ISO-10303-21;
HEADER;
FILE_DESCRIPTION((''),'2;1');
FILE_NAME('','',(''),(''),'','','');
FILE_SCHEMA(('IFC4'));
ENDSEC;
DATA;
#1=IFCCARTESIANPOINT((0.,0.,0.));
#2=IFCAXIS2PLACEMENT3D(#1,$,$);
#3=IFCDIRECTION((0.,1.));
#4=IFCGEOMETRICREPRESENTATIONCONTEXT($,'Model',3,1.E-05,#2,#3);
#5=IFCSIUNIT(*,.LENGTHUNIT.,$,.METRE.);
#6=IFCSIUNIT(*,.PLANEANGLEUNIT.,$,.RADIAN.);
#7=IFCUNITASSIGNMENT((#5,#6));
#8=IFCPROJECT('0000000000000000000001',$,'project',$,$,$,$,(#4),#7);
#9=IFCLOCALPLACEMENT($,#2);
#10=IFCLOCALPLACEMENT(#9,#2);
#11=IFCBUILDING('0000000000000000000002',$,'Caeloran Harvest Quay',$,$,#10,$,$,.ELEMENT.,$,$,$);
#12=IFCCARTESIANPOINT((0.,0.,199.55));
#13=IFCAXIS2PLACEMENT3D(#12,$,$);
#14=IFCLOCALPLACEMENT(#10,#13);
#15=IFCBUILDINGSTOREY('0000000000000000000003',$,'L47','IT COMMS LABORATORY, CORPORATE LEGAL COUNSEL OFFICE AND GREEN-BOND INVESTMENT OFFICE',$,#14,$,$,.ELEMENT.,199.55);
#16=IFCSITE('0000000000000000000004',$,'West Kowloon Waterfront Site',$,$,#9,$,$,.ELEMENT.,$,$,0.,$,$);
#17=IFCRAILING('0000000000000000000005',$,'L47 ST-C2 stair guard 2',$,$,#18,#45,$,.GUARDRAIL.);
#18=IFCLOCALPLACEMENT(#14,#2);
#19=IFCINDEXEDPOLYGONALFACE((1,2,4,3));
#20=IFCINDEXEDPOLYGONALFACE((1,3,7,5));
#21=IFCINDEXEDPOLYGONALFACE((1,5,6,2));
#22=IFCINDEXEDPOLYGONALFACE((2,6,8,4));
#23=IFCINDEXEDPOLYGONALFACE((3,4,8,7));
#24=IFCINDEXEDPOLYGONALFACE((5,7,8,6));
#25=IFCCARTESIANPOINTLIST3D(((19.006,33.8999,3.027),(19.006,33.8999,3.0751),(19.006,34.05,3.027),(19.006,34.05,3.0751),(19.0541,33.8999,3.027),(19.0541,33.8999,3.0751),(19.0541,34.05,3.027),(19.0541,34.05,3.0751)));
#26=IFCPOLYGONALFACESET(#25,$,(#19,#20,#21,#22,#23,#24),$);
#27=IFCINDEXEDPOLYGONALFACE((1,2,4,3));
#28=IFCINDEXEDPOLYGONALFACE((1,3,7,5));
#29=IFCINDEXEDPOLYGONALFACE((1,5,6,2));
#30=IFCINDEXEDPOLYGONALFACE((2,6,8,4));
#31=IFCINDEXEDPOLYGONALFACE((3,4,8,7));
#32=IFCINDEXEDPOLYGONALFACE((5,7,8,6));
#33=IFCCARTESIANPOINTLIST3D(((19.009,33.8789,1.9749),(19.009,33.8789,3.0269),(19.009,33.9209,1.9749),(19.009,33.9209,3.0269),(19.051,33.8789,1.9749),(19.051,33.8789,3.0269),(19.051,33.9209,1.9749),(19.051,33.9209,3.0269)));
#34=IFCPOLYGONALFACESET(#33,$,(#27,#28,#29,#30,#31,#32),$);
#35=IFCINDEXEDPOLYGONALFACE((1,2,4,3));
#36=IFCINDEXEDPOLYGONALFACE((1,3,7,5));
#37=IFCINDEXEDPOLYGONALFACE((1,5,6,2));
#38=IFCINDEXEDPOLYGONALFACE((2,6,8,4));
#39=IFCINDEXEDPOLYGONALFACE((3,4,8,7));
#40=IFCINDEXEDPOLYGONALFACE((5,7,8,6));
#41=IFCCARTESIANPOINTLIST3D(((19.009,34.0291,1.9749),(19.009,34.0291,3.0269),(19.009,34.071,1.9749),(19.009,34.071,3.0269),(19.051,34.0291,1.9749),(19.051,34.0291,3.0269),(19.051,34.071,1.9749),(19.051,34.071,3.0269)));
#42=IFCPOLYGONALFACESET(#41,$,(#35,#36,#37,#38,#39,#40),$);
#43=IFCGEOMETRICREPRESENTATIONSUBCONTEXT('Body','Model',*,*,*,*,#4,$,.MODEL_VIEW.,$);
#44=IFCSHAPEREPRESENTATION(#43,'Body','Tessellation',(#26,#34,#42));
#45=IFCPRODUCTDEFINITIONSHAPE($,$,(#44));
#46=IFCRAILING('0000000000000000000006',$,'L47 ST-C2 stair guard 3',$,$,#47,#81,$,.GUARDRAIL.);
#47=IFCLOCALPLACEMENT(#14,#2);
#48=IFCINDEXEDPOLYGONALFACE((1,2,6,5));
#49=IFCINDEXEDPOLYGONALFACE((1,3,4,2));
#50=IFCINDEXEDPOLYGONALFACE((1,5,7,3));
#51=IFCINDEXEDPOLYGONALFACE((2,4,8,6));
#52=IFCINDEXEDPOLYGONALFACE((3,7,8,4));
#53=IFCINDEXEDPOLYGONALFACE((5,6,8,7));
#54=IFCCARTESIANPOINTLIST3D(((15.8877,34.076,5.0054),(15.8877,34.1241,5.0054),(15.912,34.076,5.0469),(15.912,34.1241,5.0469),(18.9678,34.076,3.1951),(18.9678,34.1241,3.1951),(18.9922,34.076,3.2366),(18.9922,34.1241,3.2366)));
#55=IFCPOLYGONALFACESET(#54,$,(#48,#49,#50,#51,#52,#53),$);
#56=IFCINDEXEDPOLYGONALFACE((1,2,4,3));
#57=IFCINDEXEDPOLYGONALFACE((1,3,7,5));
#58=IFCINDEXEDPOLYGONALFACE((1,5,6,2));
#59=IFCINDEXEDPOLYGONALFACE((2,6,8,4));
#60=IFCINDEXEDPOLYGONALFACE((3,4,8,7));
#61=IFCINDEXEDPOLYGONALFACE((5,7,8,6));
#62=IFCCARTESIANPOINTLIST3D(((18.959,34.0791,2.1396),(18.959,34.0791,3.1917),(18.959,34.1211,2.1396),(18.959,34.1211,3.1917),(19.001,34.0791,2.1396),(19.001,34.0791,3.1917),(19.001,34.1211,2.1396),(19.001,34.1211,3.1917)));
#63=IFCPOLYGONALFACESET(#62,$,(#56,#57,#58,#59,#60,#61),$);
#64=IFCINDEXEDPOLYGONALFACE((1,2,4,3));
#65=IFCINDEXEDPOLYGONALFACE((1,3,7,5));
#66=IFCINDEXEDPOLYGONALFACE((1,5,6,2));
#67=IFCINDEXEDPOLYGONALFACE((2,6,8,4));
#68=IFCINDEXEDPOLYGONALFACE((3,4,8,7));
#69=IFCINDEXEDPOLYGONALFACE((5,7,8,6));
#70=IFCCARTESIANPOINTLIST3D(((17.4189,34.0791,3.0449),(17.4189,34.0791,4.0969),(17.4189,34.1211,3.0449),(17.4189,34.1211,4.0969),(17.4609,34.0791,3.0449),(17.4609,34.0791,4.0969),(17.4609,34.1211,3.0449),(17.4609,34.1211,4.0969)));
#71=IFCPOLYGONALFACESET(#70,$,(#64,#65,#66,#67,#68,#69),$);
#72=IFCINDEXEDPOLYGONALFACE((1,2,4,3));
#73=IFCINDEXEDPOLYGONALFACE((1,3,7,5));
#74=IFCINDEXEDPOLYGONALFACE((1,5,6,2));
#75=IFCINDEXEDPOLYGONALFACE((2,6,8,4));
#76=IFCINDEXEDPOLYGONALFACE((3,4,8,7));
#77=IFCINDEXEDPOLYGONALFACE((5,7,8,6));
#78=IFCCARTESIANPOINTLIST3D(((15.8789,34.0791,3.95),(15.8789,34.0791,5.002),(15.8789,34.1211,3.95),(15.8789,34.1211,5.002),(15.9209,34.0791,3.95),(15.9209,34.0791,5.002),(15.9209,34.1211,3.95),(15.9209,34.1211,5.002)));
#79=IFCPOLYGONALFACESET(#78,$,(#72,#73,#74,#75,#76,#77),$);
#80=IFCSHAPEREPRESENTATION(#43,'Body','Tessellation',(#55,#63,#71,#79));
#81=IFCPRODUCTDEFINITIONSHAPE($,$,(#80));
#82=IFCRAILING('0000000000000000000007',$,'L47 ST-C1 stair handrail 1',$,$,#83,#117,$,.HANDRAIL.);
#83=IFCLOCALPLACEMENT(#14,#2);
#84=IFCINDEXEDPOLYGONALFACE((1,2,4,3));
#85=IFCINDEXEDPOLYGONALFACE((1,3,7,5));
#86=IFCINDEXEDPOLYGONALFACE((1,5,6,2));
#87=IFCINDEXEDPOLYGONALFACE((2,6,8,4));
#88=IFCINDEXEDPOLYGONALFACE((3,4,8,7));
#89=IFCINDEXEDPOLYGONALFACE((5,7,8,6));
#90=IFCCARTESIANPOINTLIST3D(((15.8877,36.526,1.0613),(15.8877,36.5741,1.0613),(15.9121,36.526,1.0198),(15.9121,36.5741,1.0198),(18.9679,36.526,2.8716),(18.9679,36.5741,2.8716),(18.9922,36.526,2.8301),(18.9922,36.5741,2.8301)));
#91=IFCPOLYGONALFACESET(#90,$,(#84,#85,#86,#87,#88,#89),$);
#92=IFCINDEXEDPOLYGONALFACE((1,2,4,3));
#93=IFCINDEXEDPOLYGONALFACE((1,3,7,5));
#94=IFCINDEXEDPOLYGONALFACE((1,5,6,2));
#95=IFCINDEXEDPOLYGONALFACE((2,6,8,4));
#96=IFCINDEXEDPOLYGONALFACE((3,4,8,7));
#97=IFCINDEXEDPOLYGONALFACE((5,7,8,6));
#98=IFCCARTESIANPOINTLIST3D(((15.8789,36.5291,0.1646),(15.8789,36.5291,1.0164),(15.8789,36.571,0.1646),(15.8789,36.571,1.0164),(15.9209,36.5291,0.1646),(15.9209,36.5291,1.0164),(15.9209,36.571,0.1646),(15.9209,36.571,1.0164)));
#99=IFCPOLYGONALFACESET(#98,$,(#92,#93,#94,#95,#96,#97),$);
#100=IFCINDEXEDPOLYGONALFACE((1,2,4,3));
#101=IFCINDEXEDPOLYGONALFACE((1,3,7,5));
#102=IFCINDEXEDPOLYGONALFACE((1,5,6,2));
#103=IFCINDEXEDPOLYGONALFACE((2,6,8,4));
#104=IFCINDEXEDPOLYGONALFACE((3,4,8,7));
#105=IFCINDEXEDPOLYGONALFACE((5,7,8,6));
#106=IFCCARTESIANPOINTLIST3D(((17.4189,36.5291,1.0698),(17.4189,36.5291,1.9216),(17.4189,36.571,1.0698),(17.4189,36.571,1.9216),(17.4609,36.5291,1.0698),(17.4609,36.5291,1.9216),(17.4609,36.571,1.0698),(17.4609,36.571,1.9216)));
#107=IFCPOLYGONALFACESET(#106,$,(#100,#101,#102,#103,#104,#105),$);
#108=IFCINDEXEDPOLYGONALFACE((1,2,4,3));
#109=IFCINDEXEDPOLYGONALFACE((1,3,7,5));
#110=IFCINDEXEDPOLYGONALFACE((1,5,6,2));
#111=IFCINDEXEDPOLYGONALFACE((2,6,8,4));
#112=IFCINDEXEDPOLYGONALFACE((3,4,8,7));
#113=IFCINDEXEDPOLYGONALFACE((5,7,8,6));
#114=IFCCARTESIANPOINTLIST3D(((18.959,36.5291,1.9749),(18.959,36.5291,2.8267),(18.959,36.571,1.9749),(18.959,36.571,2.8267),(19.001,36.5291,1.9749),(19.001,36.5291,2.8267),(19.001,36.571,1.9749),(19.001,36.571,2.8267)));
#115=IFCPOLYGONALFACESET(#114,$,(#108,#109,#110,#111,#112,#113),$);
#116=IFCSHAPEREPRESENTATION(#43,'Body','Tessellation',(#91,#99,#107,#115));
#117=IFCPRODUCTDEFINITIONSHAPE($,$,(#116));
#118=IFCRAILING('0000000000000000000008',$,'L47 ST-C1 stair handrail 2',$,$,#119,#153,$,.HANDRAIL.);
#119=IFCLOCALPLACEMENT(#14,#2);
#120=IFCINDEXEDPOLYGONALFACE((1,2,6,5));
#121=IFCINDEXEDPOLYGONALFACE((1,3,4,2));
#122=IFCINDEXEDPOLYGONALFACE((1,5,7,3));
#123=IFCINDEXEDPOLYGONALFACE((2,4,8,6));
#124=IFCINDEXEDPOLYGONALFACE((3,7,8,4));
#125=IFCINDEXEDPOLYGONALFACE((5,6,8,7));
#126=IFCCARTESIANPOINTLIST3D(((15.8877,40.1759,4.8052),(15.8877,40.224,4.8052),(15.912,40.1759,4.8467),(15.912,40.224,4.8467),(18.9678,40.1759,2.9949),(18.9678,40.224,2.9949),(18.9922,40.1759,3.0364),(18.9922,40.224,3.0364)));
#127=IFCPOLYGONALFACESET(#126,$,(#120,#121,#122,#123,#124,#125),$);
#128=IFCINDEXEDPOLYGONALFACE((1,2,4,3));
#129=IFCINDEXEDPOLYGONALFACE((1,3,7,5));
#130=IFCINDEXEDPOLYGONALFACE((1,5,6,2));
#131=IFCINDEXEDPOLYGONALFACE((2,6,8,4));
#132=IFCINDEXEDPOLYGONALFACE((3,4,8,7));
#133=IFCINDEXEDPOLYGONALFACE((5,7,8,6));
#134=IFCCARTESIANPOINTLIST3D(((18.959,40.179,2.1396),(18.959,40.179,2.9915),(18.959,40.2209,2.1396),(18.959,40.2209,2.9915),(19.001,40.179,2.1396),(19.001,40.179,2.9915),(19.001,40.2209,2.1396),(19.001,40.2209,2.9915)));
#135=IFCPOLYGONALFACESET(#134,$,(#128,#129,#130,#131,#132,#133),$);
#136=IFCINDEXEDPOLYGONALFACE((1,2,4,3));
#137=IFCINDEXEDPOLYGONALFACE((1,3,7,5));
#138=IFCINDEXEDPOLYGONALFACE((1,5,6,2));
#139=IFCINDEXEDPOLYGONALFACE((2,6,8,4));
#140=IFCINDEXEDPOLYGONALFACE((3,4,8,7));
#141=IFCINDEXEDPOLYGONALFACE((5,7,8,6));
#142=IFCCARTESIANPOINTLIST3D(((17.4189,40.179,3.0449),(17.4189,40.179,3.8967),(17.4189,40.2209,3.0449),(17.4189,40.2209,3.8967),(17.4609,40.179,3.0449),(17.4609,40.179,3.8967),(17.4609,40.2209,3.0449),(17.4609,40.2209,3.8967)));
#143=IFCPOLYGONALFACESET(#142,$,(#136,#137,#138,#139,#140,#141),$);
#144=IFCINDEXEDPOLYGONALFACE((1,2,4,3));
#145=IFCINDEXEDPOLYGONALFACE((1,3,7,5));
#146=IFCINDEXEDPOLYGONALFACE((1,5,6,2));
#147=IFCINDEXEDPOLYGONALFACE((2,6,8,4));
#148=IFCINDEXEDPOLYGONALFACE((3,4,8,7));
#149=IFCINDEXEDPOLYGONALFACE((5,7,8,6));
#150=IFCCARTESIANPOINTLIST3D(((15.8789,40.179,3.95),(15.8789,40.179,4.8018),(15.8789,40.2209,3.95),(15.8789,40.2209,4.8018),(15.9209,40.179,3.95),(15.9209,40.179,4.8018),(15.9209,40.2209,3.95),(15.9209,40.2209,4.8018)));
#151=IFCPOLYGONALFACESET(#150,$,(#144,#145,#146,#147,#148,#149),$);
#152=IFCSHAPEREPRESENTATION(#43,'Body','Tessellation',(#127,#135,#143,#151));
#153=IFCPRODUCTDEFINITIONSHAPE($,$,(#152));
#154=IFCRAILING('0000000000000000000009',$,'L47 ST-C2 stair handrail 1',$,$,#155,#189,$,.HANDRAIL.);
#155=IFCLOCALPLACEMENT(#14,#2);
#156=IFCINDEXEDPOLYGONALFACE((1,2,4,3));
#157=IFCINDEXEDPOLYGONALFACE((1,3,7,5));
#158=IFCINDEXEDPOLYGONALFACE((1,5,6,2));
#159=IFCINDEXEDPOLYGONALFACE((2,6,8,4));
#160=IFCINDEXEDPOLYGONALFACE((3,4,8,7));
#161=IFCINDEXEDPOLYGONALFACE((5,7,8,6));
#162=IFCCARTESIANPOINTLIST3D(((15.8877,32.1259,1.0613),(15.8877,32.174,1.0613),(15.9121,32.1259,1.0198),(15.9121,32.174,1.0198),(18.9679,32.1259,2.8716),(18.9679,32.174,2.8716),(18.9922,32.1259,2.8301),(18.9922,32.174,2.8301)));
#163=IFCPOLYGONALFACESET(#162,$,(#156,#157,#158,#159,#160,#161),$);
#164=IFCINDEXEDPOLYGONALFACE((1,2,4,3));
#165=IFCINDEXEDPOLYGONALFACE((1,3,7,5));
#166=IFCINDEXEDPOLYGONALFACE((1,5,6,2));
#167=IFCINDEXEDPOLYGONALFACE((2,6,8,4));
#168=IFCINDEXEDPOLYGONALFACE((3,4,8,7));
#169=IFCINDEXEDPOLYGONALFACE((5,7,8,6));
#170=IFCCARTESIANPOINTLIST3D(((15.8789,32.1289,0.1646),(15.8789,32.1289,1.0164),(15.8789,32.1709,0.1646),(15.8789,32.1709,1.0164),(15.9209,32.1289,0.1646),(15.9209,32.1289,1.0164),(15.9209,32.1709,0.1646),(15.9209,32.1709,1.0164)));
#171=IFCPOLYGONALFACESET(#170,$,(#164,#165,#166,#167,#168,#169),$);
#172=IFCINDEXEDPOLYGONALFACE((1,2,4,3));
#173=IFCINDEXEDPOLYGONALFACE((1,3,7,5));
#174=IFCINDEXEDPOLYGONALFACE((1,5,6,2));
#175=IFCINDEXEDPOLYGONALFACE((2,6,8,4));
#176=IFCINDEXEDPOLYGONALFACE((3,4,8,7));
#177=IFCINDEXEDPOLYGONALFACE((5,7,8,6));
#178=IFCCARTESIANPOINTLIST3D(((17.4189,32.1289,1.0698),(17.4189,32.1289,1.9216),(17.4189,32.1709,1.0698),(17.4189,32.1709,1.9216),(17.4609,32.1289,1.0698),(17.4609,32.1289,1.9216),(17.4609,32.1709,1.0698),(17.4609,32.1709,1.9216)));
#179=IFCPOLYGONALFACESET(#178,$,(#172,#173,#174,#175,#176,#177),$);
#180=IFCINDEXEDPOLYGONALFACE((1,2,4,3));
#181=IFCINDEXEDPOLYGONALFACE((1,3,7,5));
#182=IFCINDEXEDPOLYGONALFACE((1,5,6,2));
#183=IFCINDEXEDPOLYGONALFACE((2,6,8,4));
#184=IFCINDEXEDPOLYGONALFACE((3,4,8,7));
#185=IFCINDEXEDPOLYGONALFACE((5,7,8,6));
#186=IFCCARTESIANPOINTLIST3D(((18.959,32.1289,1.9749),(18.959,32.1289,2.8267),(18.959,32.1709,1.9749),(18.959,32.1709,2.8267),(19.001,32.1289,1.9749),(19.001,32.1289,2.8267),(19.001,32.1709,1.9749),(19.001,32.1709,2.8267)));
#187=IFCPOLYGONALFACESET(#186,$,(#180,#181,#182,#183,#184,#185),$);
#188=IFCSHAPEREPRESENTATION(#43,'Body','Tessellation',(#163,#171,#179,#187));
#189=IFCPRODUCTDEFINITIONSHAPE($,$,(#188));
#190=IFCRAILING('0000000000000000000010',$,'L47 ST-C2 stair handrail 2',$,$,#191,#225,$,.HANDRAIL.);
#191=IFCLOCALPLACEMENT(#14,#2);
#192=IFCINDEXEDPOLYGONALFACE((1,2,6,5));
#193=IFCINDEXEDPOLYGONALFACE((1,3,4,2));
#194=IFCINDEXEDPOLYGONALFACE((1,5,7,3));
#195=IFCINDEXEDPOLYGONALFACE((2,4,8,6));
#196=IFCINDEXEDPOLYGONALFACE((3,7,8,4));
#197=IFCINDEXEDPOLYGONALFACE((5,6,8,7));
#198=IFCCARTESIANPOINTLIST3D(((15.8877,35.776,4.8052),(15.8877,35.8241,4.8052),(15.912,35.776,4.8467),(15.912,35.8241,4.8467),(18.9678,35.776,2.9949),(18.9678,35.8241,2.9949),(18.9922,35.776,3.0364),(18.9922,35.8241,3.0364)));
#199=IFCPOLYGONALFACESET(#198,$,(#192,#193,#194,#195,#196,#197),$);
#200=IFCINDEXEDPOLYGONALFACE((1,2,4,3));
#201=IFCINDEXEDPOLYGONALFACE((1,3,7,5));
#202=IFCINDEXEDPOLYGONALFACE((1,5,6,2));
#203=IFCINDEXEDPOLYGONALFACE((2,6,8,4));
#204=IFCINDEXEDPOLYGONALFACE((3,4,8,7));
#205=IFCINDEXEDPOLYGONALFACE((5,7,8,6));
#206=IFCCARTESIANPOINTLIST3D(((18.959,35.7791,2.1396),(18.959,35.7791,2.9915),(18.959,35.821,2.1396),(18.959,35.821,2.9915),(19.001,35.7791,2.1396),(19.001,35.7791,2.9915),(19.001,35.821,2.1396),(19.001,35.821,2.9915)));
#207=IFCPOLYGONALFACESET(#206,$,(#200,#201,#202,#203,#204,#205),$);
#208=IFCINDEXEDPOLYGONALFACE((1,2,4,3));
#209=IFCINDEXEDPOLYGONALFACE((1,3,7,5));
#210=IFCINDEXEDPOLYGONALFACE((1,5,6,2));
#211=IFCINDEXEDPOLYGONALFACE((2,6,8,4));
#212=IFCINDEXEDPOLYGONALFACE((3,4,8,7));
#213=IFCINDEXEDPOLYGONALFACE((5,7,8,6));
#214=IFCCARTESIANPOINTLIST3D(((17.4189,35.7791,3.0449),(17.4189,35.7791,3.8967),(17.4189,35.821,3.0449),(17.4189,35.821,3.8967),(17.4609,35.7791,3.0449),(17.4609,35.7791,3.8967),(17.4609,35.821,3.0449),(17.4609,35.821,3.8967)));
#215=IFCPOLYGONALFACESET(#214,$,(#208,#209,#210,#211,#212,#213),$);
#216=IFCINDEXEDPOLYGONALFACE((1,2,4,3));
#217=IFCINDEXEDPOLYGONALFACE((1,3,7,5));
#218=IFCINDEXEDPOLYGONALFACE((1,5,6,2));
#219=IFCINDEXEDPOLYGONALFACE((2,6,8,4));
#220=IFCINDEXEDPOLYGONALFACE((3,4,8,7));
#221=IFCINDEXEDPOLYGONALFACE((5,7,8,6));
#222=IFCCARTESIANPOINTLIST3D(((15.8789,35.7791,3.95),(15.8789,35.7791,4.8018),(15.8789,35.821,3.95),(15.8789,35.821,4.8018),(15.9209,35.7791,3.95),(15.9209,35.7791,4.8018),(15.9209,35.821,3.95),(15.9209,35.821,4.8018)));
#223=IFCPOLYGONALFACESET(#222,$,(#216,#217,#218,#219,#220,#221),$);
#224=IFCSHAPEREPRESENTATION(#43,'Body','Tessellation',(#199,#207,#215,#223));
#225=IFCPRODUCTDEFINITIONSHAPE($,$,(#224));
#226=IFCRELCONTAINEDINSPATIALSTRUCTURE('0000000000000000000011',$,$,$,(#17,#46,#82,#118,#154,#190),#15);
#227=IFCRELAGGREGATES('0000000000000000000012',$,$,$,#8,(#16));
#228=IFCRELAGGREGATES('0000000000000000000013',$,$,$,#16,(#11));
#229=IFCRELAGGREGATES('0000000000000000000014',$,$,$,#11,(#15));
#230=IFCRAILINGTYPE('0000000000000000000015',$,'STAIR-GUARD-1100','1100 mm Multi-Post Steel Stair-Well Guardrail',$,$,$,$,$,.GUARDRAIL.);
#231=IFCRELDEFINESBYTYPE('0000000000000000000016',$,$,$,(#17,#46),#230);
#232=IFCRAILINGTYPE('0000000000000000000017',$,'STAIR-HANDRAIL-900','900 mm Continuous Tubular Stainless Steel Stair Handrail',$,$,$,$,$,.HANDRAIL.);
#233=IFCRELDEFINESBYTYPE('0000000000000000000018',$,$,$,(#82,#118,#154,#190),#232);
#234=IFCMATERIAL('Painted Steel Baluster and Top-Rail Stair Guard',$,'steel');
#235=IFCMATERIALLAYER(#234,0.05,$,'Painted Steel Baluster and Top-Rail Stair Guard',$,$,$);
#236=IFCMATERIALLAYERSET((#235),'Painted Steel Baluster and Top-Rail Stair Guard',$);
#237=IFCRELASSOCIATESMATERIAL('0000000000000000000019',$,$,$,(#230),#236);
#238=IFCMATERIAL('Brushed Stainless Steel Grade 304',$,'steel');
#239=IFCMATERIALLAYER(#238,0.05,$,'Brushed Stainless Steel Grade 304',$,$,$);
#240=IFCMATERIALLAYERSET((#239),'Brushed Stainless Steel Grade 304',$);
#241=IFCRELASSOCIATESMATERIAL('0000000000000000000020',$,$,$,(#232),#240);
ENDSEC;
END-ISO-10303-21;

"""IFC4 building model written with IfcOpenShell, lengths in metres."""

from ifc_helpers import new_model, si_unit, direction, frame, origin, origin_2d, place, context, subcontext, project, spatial, rectangle, extrude, material, layer, layer_set, type_object, element, save


model = new_model("IFC4")

# Units and contexts
model_context = context("Model", 3, precision=1e-05, world=origin(), true_north=direction((0.0, 1.0)))
body_context = subcontext(model_context, "Body", "Model", "MODEL_VIEW")
ifc_project = project(units=[si_unit("LENGTHUNIT", "METRE"), si_unit("PLANEANGLEUNIT", "RADIAN")], contexts=[model_context])

# Site, building, storey
site_placement = place(None, origin())
site = spatial("IfcSite", under=ifc_project, at=site_placement, Name="West Kowloon Waterfront Site", CompositionType="ELEMENT", RefElevation=0.0)
building_placement = place(site_placement, origin())
building = spatial("IfcBuilding", under=site, at=building_placement, Name="Caeloran Harvest Quay", CompositionType="ELEMENT")
storey_placement = place(building_placement, frame((0.0, 0.0, 199.55)))
storey = spatial("IfcBuildingStorey", under=building, at=storey_placement, Name="L47", Description="IT COMMS LABORATORY, CORPORATE LEGAL COUNSEL OFFICE AND GREEN-BOND INVESTMENT OFFICE", CompositionType="ELEMENT", Elevation=199.55)

# Railings
ifc_material_1 = material(Name="Painted Steel Baluster and Top-Rail Stair Guard", Category="steel")
ifc_layer_1 = layer(ifc_material_1, 0.05, Name="Painted Steel Baluster and Top-Rail Stair Guard")
ifc_layer_set_1 = layer_set([ifc_layer_1], Name="Painted Steel Baluster and Top-Rail Stair Guard")
railing_type_1 = type_object("IfcRailingType", Name="STAIR-GUARD-1100", Description="1100 mm Multi-Post Steel Stair-Well Guardrail", PredefinedType="GUARDRAIL", material=ifc_layer_set_1)
railing_1_placement = place(storey_placement, frame((19.03, 33.8999, 1.9749)))
element("IfcRailing", 1, at=railing_1_placement, inside=storey, type_object=railing_type_1, Name="L47 ST-C2 stair guard 2", PredefinedType="GUARDRAIL", context=body_context, shape_type="SweptSolid", body=[
    extrude(rectangle(XDim=0.0481, YDim=0.0481, at=origin_2d()), frame((0.0, 0.0, 1.0762), z_axis=(0.0, 1.0, 0.0), x_axis=(-1.0, 0.0, 0.0)), (0.0, 0.0, 1.0), 0.1501),
    extrude(rectangle(XDim=0.042, YDim=0.042, at=origin_2d()), origin(), (0.0, 0.0, 1.0), 1.052),
    extrude(rectangle(XDim=0.042, YDim=0.042, at=origin_2d()), frame((0.0, 0.1501, 0.0)), (0.0, 0.0, 1.0), 1.052),
])
railing_2_placement = place(storey_placement, frame((18.98, 34.1001, 2.1396)))
element("IfcRailing", 2, at=railing_2_placement, inside=storey, type_object=railing_type_1, Name="L47 ST-C2 stair guard 3", PredefinedType="GUARDRAIL", context=body_context, shape_type="SweptSolid", body=[
    extrude(rectangle(XDim=0.0481, YDim=0.0481, at=origin_2d()), frame((0.0, 0.0, 1.0762), z_axis=(-0.862119, 0.0, 0.506707), x_axis=(0.0, -1.0, 0.0)), (0.0, 0.0, 1.0), 3.5728),
    extrude(rectangle(XDim=0.042, YDim=0.042, at=origin_2d()), origin(), (0.0, 0.0, 1.0), 1.052),
    extrude(rectangle(XDim=0.042, YDim=0.042, at=origin_2d()), frame((-1.54, 0.0, 0.9053)), (0.0, 0.0, 1.0), 1.052),
    extrude(rectangle(XDim=0.042, YDim=0.042, at=origin_2d()), frame((-3.0801, 0.0, 1.8103)), (0.0, 0.0, 1.0), 1.052),
])
ifc_material_2 = material(Name="Brushed Stainless Steel Grade 304", Category="steel")
ifc_layer_2 = layer(ifc_material_2, 0.05, Name="Brushed Stainless Steel Grade 304")
ifc_layer_set_2 = layer_set([ifc_layer_2], Name="Brushed Stainless Steel Grade 304")
railing_type_2 = type_object("IfcRailingType", Name="STAIR-HANDRAIL-900", Description="900 mm Continuous Tubular Stainless Steel Stair Handrail", PredefinedType="HANDRAIL", material=ifc_layer_set_2)
railing_3_placement = place(storey_placement, frame((15.8999, 36.55, 0.1646)))
element("IfcRailing", 3, at=railing_3_placement, inside=storey, type_object=railing_type_2, Name="L47 ST-C1 stair handrail 1", PredefinedType="HANDRAIL", context=body_context, shape_type="SweptSolid", body=[
    extrude(rectangle(XDim=0.0481, YDim=0.0481, at=origin_2d()), frame((0.0, 0.0, 0.876), z_axis=(0.862119, 0.0, 0.506707), x_axis=(0.0, 1.0, 0.0)), (0.0, 0.0, 1.0), 3.5728),
    extrude(rectangle(XDim=0.042, YDim=0.042, at=origin_2d()), origin(), (0.0, 0.0, 1.0), 0.8518),
    extrude(rectangle(XDim=0.042, YDim=0.042, at=origin_2d()), frame((1.54, 0.0, 0.9053)), (0.0, 0.0, 1.0), 0.8518),
    extrude(rectangle(XDim=0.042, YDim=0.042, at=origin_2d()), frame((3.0801, 0.0, 1.8103)), (0.0, 0.0, 1.0), 0.8518),
])
railing_4_placement = place(storey_placement, frame((18.98, 40.2, 2.1396)))
element("IfcRailing", 4, at=railing_4_placement, inside=storey, type_object=railing_type_2, Name="L47 ST-C1 stair handrail 2", PredefinedType="HANDRAIL", context=body_context, shape_type="SweptSolid", body=[
    extrude(rectangle(XDim=0.0481, YDim=0.0481, at=origin_2d()), frame((0.0, 0.0, 0.876), z_axis=(-0.862119, 0.0, 0.506707), x_axis=(0.0, -1.0, 0.0)), (0.0, 0.0, 1.0), 3.5728),
    extrude(rectangle(XDim=0.042, YDim=0.042, at=origin_2d()), origin(), (0.0, 0.0, 1.0), 0.8518),
    extrude(rectangle(XDim=0.042, YDim=0.042, at=origin_2d()), frame((-1.54, 0.0, 0.9053)), (0.0, 0.0, 1.0), 0.8518),
    extrude(rectangle(XDim=0.042, YDim=0.042, at=origin_2d()), frame((-3.0801, 0.0, 1.8103)), (0.0, 0.0, 1.0), 0.8518),
])
railing_5_placement = place(storey_placement, frame((15.8999, 32.1499, 0.1646)))
element("IfcRailing", 5, at=railing_5_placement, inside=storey, type_object=railing_type_2, Name="L47 ST-C2 stair handrail 1", PredefinedType="HANDRAIL", context=body_context, shape_type="SweptSolid", body=[
    extrude(rectangle(XDim=0.0481, YDim=0.0481, at=origin_2d()), frame((0.0, 0.0, 0.876), z_axis=(0.862119, 0.0, 0.506707), x_axis=(0.0, 1.0, 0.0)), (0.0, 0.0, 1.0), 3.5728),
    extrude(rectangle(XDim=0.042, YDim=0.042, at=origin_2d()), origin(), (0.0, 0.0, 1.0), 0.8518),
    extrude(rectangle(XDim=0.042, YDim=0.042, at=origin_2d()), frame((1.54, 0.0, 0.9053)), (0.0, 0.0, 1.0), 0.8518),
    extrude(rectangle(XDim=0.042, YDim=0.042, at=origin_2d()), frame((3.0801, 0.0, 1.8103)), (0.0, 0.0, 1.0), 0.8518),
])
railing_6_placement = place(storey_placement, frame((18.98, 35.8, 2.1396)))
element("IfcRailing", 6, at=railing_6_placement, inside=storey, type_object=railing_type_2, Name="L47 ST-C2 stair handrail 2", PredefinedType="HANDRAIL", context=body_context, shape_type="SweptSolid", body=[
    extrude(rectangle(XDim=0.0481, YDim=0.0481, at=origin_2d()), frame((0.0, 0.0, 0.876), z_axis=(-0.862119, 0.0, 0.506707), x_axis=(0.0, -1.0, 0.0)), (0.0, 0.0, 1.0), 3.5728),
    extrude(rectangle(XDim=0.042, YDim=0.042, at=origin_2d()), origin(), (0.0, 0.0, 1.0), 0.8518),
    extrude(rectangle(XDim=0.042, YDim=0.042, at=origin_2d()), frame((-1.54, 0.0, 0.9053)), (0.0, 0.0, 1.0), 0.8518),
    extrude(rectangle(XDim=0.042, YDim=0.042, at=origin_2d()), frame((-3.0801, 0.0, 1.8103)), (0.0, 0.0, 1.0), 0.8518),
])

save(model, "model.ifc")
